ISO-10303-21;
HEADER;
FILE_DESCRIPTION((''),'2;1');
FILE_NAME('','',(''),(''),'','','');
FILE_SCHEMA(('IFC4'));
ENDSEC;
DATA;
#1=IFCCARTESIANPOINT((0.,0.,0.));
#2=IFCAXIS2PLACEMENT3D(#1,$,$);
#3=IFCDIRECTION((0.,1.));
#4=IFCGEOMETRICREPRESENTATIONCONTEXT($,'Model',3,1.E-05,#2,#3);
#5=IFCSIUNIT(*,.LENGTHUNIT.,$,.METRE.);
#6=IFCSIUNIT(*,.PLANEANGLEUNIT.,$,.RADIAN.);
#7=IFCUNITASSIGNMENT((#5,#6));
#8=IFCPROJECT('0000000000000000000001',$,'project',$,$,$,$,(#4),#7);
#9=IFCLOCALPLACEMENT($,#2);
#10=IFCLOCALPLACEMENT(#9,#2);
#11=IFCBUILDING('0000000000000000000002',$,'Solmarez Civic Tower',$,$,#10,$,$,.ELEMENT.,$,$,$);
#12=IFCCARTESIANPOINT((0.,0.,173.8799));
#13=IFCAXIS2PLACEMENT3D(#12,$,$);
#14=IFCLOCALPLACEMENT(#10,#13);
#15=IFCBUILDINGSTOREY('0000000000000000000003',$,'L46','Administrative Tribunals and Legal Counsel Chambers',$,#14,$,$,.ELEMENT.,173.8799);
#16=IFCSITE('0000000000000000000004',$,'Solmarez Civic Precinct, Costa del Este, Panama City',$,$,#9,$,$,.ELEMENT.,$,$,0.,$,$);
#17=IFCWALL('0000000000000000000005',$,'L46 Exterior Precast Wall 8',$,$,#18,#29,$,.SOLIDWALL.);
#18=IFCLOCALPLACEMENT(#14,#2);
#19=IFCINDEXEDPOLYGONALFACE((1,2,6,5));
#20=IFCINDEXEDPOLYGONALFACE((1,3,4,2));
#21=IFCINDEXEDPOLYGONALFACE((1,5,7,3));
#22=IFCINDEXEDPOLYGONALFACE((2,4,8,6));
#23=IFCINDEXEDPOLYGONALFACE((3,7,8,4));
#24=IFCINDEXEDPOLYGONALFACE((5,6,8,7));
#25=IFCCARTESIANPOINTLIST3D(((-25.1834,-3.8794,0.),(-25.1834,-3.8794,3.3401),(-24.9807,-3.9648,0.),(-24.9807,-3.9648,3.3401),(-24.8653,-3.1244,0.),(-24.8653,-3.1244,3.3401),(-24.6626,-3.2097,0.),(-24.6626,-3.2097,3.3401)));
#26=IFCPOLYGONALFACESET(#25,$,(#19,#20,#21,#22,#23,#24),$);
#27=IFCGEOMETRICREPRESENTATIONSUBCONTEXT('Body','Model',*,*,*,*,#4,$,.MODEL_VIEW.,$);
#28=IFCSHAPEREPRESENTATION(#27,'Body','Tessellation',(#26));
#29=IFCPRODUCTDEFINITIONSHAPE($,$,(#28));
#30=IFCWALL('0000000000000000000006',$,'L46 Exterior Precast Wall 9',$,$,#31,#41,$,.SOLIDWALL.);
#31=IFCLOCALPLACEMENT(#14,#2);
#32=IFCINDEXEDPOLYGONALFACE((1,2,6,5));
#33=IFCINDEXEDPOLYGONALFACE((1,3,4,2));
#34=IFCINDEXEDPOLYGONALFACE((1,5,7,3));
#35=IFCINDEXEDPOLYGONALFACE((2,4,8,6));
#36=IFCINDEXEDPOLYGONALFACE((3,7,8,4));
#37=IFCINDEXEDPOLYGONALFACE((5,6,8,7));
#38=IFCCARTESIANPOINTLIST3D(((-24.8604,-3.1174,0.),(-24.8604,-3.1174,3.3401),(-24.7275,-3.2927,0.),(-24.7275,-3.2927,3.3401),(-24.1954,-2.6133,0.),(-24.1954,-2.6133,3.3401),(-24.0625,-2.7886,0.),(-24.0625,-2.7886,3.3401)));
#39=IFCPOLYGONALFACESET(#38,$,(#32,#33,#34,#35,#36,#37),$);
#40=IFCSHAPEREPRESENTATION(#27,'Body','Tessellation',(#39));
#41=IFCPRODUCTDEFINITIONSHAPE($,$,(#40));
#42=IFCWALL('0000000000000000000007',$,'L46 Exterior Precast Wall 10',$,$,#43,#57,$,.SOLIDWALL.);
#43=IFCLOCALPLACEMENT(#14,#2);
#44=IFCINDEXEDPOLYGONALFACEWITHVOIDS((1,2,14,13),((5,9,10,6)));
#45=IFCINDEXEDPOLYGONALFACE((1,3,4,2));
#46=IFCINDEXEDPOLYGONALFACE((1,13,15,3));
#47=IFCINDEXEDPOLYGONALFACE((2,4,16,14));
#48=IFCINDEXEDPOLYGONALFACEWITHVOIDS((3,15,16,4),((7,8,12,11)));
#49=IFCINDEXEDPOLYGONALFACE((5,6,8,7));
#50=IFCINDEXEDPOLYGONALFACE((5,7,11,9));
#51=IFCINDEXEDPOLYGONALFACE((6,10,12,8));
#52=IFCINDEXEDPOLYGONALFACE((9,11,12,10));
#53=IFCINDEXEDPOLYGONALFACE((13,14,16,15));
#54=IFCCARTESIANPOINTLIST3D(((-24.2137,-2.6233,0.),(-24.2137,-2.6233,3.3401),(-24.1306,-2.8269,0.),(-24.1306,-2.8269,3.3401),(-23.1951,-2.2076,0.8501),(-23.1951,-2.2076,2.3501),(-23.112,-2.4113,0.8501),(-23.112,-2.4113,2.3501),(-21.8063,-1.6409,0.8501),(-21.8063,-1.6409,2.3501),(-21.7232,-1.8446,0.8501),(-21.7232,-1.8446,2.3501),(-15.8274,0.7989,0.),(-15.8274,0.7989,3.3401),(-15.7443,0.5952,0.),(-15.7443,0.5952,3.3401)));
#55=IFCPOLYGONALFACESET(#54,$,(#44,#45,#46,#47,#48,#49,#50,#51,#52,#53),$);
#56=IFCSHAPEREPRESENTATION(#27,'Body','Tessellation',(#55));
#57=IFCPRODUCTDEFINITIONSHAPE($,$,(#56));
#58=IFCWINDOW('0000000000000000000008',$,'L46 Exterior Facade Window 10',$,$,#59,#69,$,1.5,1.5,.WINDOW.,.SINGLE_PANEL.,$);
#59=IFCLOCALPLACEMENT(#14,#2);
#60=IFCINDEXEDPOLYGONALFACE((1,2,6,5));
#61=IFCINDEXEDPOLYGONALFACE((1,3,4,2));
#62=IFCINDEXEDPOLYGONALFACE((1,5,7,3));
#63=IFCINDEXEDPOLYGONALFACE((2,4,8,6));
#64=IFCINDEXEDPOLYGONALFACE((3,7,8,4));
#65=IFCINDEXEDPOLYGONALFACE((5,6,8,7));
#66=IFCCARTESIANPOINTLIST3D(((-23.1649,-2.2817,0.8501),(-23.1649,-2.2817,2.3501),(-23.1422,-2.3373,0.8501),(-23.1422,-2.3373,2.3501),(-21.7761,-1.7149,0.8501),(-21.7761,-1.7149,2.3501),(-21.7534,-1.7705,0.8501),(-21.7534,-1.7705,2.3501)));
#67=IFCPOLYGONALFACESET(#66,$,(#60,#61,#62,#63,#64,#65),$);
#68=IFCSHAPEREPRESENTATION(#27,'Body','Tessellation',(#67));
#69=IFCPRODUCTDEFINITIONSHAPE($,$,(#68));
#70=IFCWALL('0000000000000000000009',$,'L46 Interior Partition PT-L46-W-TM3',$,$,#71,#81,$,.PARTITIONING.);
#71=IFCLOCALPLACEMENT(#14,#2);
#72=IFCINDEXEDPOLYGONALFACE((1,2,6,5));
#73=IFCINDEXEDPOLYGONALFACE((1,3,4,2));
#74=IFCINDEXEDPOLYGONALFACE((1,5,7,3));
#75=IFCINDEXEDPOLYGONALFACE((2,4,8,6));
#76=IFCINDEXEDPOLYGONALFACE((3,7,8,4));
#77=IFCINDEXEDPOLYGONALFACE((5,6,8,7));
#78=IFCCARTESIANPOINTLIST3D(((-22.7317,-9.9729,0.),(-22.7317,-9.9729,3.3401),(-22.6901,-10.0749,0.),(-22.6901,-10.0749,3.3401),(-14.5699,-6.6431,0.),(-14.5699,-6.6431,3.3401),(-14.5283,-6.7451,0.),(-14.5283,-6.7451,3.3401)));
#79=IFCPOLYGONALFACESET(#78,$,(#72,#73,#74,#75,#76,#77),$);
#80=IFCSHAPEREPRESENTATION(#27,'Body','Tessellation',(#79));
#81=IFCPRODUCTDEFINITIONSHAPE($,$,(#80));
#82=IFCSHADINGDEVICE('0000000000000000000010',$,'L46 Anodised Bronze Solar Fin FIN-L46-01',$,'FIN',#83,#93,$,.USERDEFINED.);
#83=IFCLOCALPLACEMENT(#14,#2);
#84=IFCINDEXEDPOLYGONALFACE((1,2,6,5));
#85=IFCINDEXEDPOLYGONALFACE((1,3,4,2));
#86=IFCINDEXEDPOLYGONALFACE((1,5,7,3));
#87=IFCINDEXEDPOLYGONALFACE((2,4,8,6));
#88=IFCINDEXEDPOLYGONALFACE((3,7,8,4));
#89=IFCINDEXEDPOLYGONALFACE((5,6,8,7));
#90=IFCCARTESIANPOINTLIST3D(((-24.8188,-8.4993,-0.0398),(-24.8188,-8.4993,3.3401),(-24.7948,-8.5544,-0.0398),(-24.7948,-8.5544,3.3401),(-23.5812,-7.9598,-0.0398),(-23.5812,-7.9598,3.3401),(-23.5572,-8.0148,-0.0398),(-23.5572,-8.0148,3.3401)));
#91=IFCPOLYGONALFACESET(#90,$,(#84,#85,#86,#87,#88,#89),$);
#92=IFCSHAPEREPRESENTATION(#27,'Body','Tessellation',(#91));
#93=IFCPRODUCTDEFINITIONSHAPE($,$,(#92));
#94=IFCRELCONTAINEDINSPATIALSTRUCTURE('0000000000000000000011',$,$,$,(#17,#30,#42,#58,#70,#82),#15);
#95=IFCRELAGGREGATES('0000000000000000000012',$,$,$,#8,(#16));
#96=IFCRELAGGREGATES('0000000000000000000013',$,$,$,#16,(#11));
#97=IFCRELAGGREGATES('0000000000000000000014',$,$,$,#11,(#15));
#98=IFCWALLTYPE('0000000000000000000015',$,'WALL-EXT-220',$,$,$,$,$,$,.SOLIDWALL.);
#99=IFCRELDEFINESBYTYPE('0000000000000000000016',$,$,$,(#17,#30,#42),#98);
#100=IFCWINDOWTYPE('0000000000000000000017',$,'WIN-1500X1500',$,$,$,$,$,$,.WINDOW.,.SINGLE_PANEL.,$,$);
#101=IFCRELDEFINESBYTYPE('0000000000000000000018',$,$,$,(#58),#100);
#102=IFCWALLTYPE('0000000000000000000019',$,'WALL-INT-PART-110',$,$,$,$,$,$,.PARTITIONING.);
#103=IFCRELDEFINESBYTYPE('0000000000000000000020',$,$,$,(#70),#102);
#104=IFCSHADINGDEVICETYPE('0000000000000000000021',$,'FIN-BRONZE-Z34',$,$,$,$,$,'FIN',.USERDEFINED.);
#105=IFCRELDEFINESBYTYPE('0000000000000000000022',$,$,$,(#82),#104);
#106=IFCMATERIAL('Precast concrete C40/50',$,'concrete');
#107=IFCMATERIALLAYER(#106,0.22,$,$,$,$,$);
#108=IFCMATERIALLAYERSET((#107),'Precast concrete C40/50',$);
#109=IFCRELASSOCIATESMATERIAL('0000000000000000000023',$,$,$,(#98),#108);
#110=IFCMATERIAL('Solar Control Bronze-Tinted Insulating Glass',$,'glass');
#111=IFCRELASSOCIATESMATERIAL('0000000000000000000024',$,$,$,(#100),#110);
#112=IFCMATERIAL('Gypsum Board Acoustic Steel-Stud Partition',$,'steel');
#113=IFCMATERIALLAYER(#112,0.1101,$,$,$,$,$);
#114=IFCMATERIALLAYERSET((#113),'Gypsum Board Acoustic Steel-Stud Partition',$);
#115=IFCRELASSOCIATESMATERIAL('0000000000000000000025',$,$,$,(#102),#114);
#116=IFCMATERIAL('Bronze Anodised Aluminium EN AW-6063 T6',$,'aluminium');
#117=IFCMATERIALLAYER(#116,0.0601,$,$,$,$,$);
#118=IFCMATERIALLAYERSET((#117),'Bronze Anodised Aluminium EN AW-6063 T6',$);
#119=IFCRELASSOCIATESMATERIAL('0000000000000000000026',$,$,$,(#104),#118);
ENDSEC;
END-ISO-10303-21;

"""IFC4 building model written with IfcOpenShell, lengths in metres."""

from ifc_helpers import new_model, si_unit, direction, frame, frame_2d, origin, origin_2d, place, context, subcontext, project, spatial, rectangle, extrude, material, layer, layer_set, type_object, element, fill, save


model = new_model("IFC4")

# Units and contexts
model_context = context("Model", 3, precision=1e-05, world=origin(), true_north=direction((0.0, 1.0)))
body_context = subcontext(model_context, "Body", "Model", "MODEL_VIEW")
ifc_project = project(units=[si_unit("LENGTHUNIT", "METRE"), si_unit("PLANEANGLEUNIT", "RADIAN")], contexts=[model_context])

# Site, building, storey
site_placement = place(None, origin())
site = spatial("IfcSite", under=ifc_project, at=site_placement, Name="Solmarez Civic Precinct, Costa del Este, Panama City", CompositionType="ELEMENT", RefElevation=0.0)
building_placement = place(site_placement, origin())
building = spatial("IfcBuilding", under=site, at=building_placement, Name="Solmarez Civic Tower", CompositionType="ELEMENT")
storey_placement = place(building_placement, frame((0.0, 0.0, 173.8799)))
storey = spatial("IfcBuildingStorey", under=building, at=storey_placement, Name="L46", Description="Administrative Tribunals and Legal Counsel Chambers", CompositionType="ELEMENT", Elevation=173.8799)

# Shared definitions
ifc_material_1 = material(Name="Precast concrete C40/50", Category="concrete")
ifc_layer_1 = layer(ifc_material_1, 0.22)
ifc_layer_set_1 = layer_set([ifc_layer_1], Name="Precast concrete C40/50")
wall_type_1 = type_object("IfcWallType", Name="WALL-EXT-220", PredefinedType="SOLIDWALL", material=ifc_layer_set_1)

# Shared definitions
ifc_material_2 = material(Name="Solar Control Bronze-Tinted Insulating Glass", Category="glass")

# Walls
wall_1_placement = place(storey_placement, frame((-25.082, -3.9221, 0.0), z_axis=(0.0, 0.0, 1.0), x_axis=(0.38823, 0.921562, 0.0)))
element("IfcWall", 1, at=wall_1_placement, inside=storey, type_object=wall_type_1, Name="L46 Exterior Precast Wall 8", PredefinedType="SOLIDWALL", context=body_context, shape_type="SweptSolid", body=[
    extrude(rectangle(XDim=0.8193, YDim=0.22, at=frame_2d((0.4097, 0.0))), origin(), (0.0, 0.0, 1.0), 3.3401),
])
wall_2_placement = place(storey_placement, frame((-24.7939, -3.2051, 0.0), z_axis=(0.0, 0.0, 1.0), x_axis=(0.7969, 0.604111, 0.0)))
element("IfcWall", 2, at=wall_2_placement, inside=storey, type_object=wall_type_1, Name="L46 Exterior Precast Wall 9", PredefinedType="SOLIDWALL", context=body_context, shape_type="SweptSolid", body=[
    extrude(rectangle(XDim=0.8345, YDim=0.22, at=frame_2d((0.4172, 0.0))), origin(), (0.0, 0.0, 1.0), 3.3401),
])

# Wall, opening, window
wall_3_placement = place(storey_placement, frame((-24.1721, -2.7251, 0.0), z_axis=(0.0, 0.0, 1.0), x_axis=(0.92588, 0.377818, 0.0)))
wall_3 = element("IfcWall", 3, at=wall_3_placement, inside=storey, type_object=wall_type_1, Name="L46 Exterior Precast Wall 10", PredefinedType="SOLIDWALL", context=body_context, shape_type="SweptSolid", body=[
    extrude(rectangle(XDim=9.0576, YDim=0.22, at=frame_2d((4.5288, 0.0))), origin(), (0.0, 0.0, 1.0), 3.3401),
])
opening_1_placement = place(wall_3_placement, frame((1.1001, 0.0, 0.8501)))
opening_1 = element("IfcOpeningElement", 4, at=opening_1_placement, cuts=wall_3, PredefinedType="OPENING", context=body_context, shape_type="SweptSolid", body=[
    extrude(rectangle(XDim=1.5, YDim=1.5, at=frame_2d((0.75, 0.75))), frame((0.0, 0.1199, 0.0), z_axis=(0.0, -1.0, 0.0), x_axis=(1.0, 0.0, 0.0)), (0.0, 0.0, 1.0), 0.24),
])
window_type_1 = type_object("IfcWindowType", Name="WIN-1500X1500", PartitioningType="SINGLE_PANEL", PredefinedType="WINDOW", material=ifc_material_2)
window_1_placement = place(opening_1_placement, origin())
window_1 = element("IfcWindow", 5, at=window_1_placement, inside=storey, type_object=window_type_1, Name="L46 Exterior Facade Window 10", OverallHeight=1.5, OverallWidth=1.5, PartitioningType="SINGLE_PANEL", PredefinedType="WINDOW", context=body_context, shape_type="SweptSolid", body=[
    extrude(rectangle(XDim=1.5, YDim=1.5, at=frame_2d((0.75, 0.75))), frame((0.0, 0.03, 0.0), z_axis=(0.0, -1.0, 0.0), x_axis=(1.0, 0.0, 0.0)), (0.0, 0.0, 1.0), 0.0601),
])
fill(opening_1, window_1)

# Wall
ifc_material_3 = material(Name="Gypsum Board Acoustic Steel-Stud Partition", Category="steel")
ifc_layer_2 = layer(ifc_material_3, 0.1101)
ifc_layer_set_2 = layer_set([ifc_layer_2], Name="Gypsum Board Acoustic Steel-Stud Partition")
wall_type_2 = type_object("IfcWallType", Name="WALL-INT-PART-110", PredefinedType="PARTITIONING", material=ifc_layer_set_2)
wall_4_placement = place(storey_placement, frame((-14.5491, -6.6941, 0.0), z_axis=(0.0, 0.0, 1.0), x_axis=(-0.925909, -0.377747, 0.0)))
element("IfcWall", 6, at=wall_4_placement, inside=storey, type_object=wall_type_2, Name="L46 Interior Partition PT-L46-W-TM3", PredefinedType="PARTITIONING", context=body_context, shape_type="SweptSolid", body=[
    extrude(rectangle(XDim=8.8149, YDim=0.1101, at=frame_2d((4.4075, 0.0))), origin(), (0.0, 0.0, 1.0), 3.3401),
])

# Shading device
ifc_material_4 = material(Name="Bronze Anodised Aluminium EN AW-6063 T6", Category="aluminium")
ifc_layer_3 = layer(ifc_material_4, 0.0601)
ifc_layer_set_3 = layer_set([ifc_layer_3], Name="Bronze Anodised Aluminium EN AW-6063 T6")
shading_device_type = type_object("IfcShadingDeviceType", Name="FIN-BRONZE-Z34", ElementType="FIN", PredefinedType="USERDEFINED", material=ifc_layer_set_3)
shading_device_placement = place(storey_placement, frame((-24.188, -8.2571, -0.0398), z_axis=(0.0, 0.0, 1.0), x_axis=(-0.91667, -0.399645, 0.0)))
element("IfcShadingDevice", 7, at=shading_device_placement, inside=storey, type_object=shading_device_type, Name="L46 Anodised Bronze Solar Fin FIN-L46-01", ObjectType="FIN", PredefinedType="USERDEFINED", context=body_context, shape_type="SweptSolid", body=[
    extrude(rectangle(XDim=1.3501, YDim=0.0601, at=origin_2d()), origin(), (0.0, 0.0, 1.0), 3.3799),
])

save(model, "model.ifc")
